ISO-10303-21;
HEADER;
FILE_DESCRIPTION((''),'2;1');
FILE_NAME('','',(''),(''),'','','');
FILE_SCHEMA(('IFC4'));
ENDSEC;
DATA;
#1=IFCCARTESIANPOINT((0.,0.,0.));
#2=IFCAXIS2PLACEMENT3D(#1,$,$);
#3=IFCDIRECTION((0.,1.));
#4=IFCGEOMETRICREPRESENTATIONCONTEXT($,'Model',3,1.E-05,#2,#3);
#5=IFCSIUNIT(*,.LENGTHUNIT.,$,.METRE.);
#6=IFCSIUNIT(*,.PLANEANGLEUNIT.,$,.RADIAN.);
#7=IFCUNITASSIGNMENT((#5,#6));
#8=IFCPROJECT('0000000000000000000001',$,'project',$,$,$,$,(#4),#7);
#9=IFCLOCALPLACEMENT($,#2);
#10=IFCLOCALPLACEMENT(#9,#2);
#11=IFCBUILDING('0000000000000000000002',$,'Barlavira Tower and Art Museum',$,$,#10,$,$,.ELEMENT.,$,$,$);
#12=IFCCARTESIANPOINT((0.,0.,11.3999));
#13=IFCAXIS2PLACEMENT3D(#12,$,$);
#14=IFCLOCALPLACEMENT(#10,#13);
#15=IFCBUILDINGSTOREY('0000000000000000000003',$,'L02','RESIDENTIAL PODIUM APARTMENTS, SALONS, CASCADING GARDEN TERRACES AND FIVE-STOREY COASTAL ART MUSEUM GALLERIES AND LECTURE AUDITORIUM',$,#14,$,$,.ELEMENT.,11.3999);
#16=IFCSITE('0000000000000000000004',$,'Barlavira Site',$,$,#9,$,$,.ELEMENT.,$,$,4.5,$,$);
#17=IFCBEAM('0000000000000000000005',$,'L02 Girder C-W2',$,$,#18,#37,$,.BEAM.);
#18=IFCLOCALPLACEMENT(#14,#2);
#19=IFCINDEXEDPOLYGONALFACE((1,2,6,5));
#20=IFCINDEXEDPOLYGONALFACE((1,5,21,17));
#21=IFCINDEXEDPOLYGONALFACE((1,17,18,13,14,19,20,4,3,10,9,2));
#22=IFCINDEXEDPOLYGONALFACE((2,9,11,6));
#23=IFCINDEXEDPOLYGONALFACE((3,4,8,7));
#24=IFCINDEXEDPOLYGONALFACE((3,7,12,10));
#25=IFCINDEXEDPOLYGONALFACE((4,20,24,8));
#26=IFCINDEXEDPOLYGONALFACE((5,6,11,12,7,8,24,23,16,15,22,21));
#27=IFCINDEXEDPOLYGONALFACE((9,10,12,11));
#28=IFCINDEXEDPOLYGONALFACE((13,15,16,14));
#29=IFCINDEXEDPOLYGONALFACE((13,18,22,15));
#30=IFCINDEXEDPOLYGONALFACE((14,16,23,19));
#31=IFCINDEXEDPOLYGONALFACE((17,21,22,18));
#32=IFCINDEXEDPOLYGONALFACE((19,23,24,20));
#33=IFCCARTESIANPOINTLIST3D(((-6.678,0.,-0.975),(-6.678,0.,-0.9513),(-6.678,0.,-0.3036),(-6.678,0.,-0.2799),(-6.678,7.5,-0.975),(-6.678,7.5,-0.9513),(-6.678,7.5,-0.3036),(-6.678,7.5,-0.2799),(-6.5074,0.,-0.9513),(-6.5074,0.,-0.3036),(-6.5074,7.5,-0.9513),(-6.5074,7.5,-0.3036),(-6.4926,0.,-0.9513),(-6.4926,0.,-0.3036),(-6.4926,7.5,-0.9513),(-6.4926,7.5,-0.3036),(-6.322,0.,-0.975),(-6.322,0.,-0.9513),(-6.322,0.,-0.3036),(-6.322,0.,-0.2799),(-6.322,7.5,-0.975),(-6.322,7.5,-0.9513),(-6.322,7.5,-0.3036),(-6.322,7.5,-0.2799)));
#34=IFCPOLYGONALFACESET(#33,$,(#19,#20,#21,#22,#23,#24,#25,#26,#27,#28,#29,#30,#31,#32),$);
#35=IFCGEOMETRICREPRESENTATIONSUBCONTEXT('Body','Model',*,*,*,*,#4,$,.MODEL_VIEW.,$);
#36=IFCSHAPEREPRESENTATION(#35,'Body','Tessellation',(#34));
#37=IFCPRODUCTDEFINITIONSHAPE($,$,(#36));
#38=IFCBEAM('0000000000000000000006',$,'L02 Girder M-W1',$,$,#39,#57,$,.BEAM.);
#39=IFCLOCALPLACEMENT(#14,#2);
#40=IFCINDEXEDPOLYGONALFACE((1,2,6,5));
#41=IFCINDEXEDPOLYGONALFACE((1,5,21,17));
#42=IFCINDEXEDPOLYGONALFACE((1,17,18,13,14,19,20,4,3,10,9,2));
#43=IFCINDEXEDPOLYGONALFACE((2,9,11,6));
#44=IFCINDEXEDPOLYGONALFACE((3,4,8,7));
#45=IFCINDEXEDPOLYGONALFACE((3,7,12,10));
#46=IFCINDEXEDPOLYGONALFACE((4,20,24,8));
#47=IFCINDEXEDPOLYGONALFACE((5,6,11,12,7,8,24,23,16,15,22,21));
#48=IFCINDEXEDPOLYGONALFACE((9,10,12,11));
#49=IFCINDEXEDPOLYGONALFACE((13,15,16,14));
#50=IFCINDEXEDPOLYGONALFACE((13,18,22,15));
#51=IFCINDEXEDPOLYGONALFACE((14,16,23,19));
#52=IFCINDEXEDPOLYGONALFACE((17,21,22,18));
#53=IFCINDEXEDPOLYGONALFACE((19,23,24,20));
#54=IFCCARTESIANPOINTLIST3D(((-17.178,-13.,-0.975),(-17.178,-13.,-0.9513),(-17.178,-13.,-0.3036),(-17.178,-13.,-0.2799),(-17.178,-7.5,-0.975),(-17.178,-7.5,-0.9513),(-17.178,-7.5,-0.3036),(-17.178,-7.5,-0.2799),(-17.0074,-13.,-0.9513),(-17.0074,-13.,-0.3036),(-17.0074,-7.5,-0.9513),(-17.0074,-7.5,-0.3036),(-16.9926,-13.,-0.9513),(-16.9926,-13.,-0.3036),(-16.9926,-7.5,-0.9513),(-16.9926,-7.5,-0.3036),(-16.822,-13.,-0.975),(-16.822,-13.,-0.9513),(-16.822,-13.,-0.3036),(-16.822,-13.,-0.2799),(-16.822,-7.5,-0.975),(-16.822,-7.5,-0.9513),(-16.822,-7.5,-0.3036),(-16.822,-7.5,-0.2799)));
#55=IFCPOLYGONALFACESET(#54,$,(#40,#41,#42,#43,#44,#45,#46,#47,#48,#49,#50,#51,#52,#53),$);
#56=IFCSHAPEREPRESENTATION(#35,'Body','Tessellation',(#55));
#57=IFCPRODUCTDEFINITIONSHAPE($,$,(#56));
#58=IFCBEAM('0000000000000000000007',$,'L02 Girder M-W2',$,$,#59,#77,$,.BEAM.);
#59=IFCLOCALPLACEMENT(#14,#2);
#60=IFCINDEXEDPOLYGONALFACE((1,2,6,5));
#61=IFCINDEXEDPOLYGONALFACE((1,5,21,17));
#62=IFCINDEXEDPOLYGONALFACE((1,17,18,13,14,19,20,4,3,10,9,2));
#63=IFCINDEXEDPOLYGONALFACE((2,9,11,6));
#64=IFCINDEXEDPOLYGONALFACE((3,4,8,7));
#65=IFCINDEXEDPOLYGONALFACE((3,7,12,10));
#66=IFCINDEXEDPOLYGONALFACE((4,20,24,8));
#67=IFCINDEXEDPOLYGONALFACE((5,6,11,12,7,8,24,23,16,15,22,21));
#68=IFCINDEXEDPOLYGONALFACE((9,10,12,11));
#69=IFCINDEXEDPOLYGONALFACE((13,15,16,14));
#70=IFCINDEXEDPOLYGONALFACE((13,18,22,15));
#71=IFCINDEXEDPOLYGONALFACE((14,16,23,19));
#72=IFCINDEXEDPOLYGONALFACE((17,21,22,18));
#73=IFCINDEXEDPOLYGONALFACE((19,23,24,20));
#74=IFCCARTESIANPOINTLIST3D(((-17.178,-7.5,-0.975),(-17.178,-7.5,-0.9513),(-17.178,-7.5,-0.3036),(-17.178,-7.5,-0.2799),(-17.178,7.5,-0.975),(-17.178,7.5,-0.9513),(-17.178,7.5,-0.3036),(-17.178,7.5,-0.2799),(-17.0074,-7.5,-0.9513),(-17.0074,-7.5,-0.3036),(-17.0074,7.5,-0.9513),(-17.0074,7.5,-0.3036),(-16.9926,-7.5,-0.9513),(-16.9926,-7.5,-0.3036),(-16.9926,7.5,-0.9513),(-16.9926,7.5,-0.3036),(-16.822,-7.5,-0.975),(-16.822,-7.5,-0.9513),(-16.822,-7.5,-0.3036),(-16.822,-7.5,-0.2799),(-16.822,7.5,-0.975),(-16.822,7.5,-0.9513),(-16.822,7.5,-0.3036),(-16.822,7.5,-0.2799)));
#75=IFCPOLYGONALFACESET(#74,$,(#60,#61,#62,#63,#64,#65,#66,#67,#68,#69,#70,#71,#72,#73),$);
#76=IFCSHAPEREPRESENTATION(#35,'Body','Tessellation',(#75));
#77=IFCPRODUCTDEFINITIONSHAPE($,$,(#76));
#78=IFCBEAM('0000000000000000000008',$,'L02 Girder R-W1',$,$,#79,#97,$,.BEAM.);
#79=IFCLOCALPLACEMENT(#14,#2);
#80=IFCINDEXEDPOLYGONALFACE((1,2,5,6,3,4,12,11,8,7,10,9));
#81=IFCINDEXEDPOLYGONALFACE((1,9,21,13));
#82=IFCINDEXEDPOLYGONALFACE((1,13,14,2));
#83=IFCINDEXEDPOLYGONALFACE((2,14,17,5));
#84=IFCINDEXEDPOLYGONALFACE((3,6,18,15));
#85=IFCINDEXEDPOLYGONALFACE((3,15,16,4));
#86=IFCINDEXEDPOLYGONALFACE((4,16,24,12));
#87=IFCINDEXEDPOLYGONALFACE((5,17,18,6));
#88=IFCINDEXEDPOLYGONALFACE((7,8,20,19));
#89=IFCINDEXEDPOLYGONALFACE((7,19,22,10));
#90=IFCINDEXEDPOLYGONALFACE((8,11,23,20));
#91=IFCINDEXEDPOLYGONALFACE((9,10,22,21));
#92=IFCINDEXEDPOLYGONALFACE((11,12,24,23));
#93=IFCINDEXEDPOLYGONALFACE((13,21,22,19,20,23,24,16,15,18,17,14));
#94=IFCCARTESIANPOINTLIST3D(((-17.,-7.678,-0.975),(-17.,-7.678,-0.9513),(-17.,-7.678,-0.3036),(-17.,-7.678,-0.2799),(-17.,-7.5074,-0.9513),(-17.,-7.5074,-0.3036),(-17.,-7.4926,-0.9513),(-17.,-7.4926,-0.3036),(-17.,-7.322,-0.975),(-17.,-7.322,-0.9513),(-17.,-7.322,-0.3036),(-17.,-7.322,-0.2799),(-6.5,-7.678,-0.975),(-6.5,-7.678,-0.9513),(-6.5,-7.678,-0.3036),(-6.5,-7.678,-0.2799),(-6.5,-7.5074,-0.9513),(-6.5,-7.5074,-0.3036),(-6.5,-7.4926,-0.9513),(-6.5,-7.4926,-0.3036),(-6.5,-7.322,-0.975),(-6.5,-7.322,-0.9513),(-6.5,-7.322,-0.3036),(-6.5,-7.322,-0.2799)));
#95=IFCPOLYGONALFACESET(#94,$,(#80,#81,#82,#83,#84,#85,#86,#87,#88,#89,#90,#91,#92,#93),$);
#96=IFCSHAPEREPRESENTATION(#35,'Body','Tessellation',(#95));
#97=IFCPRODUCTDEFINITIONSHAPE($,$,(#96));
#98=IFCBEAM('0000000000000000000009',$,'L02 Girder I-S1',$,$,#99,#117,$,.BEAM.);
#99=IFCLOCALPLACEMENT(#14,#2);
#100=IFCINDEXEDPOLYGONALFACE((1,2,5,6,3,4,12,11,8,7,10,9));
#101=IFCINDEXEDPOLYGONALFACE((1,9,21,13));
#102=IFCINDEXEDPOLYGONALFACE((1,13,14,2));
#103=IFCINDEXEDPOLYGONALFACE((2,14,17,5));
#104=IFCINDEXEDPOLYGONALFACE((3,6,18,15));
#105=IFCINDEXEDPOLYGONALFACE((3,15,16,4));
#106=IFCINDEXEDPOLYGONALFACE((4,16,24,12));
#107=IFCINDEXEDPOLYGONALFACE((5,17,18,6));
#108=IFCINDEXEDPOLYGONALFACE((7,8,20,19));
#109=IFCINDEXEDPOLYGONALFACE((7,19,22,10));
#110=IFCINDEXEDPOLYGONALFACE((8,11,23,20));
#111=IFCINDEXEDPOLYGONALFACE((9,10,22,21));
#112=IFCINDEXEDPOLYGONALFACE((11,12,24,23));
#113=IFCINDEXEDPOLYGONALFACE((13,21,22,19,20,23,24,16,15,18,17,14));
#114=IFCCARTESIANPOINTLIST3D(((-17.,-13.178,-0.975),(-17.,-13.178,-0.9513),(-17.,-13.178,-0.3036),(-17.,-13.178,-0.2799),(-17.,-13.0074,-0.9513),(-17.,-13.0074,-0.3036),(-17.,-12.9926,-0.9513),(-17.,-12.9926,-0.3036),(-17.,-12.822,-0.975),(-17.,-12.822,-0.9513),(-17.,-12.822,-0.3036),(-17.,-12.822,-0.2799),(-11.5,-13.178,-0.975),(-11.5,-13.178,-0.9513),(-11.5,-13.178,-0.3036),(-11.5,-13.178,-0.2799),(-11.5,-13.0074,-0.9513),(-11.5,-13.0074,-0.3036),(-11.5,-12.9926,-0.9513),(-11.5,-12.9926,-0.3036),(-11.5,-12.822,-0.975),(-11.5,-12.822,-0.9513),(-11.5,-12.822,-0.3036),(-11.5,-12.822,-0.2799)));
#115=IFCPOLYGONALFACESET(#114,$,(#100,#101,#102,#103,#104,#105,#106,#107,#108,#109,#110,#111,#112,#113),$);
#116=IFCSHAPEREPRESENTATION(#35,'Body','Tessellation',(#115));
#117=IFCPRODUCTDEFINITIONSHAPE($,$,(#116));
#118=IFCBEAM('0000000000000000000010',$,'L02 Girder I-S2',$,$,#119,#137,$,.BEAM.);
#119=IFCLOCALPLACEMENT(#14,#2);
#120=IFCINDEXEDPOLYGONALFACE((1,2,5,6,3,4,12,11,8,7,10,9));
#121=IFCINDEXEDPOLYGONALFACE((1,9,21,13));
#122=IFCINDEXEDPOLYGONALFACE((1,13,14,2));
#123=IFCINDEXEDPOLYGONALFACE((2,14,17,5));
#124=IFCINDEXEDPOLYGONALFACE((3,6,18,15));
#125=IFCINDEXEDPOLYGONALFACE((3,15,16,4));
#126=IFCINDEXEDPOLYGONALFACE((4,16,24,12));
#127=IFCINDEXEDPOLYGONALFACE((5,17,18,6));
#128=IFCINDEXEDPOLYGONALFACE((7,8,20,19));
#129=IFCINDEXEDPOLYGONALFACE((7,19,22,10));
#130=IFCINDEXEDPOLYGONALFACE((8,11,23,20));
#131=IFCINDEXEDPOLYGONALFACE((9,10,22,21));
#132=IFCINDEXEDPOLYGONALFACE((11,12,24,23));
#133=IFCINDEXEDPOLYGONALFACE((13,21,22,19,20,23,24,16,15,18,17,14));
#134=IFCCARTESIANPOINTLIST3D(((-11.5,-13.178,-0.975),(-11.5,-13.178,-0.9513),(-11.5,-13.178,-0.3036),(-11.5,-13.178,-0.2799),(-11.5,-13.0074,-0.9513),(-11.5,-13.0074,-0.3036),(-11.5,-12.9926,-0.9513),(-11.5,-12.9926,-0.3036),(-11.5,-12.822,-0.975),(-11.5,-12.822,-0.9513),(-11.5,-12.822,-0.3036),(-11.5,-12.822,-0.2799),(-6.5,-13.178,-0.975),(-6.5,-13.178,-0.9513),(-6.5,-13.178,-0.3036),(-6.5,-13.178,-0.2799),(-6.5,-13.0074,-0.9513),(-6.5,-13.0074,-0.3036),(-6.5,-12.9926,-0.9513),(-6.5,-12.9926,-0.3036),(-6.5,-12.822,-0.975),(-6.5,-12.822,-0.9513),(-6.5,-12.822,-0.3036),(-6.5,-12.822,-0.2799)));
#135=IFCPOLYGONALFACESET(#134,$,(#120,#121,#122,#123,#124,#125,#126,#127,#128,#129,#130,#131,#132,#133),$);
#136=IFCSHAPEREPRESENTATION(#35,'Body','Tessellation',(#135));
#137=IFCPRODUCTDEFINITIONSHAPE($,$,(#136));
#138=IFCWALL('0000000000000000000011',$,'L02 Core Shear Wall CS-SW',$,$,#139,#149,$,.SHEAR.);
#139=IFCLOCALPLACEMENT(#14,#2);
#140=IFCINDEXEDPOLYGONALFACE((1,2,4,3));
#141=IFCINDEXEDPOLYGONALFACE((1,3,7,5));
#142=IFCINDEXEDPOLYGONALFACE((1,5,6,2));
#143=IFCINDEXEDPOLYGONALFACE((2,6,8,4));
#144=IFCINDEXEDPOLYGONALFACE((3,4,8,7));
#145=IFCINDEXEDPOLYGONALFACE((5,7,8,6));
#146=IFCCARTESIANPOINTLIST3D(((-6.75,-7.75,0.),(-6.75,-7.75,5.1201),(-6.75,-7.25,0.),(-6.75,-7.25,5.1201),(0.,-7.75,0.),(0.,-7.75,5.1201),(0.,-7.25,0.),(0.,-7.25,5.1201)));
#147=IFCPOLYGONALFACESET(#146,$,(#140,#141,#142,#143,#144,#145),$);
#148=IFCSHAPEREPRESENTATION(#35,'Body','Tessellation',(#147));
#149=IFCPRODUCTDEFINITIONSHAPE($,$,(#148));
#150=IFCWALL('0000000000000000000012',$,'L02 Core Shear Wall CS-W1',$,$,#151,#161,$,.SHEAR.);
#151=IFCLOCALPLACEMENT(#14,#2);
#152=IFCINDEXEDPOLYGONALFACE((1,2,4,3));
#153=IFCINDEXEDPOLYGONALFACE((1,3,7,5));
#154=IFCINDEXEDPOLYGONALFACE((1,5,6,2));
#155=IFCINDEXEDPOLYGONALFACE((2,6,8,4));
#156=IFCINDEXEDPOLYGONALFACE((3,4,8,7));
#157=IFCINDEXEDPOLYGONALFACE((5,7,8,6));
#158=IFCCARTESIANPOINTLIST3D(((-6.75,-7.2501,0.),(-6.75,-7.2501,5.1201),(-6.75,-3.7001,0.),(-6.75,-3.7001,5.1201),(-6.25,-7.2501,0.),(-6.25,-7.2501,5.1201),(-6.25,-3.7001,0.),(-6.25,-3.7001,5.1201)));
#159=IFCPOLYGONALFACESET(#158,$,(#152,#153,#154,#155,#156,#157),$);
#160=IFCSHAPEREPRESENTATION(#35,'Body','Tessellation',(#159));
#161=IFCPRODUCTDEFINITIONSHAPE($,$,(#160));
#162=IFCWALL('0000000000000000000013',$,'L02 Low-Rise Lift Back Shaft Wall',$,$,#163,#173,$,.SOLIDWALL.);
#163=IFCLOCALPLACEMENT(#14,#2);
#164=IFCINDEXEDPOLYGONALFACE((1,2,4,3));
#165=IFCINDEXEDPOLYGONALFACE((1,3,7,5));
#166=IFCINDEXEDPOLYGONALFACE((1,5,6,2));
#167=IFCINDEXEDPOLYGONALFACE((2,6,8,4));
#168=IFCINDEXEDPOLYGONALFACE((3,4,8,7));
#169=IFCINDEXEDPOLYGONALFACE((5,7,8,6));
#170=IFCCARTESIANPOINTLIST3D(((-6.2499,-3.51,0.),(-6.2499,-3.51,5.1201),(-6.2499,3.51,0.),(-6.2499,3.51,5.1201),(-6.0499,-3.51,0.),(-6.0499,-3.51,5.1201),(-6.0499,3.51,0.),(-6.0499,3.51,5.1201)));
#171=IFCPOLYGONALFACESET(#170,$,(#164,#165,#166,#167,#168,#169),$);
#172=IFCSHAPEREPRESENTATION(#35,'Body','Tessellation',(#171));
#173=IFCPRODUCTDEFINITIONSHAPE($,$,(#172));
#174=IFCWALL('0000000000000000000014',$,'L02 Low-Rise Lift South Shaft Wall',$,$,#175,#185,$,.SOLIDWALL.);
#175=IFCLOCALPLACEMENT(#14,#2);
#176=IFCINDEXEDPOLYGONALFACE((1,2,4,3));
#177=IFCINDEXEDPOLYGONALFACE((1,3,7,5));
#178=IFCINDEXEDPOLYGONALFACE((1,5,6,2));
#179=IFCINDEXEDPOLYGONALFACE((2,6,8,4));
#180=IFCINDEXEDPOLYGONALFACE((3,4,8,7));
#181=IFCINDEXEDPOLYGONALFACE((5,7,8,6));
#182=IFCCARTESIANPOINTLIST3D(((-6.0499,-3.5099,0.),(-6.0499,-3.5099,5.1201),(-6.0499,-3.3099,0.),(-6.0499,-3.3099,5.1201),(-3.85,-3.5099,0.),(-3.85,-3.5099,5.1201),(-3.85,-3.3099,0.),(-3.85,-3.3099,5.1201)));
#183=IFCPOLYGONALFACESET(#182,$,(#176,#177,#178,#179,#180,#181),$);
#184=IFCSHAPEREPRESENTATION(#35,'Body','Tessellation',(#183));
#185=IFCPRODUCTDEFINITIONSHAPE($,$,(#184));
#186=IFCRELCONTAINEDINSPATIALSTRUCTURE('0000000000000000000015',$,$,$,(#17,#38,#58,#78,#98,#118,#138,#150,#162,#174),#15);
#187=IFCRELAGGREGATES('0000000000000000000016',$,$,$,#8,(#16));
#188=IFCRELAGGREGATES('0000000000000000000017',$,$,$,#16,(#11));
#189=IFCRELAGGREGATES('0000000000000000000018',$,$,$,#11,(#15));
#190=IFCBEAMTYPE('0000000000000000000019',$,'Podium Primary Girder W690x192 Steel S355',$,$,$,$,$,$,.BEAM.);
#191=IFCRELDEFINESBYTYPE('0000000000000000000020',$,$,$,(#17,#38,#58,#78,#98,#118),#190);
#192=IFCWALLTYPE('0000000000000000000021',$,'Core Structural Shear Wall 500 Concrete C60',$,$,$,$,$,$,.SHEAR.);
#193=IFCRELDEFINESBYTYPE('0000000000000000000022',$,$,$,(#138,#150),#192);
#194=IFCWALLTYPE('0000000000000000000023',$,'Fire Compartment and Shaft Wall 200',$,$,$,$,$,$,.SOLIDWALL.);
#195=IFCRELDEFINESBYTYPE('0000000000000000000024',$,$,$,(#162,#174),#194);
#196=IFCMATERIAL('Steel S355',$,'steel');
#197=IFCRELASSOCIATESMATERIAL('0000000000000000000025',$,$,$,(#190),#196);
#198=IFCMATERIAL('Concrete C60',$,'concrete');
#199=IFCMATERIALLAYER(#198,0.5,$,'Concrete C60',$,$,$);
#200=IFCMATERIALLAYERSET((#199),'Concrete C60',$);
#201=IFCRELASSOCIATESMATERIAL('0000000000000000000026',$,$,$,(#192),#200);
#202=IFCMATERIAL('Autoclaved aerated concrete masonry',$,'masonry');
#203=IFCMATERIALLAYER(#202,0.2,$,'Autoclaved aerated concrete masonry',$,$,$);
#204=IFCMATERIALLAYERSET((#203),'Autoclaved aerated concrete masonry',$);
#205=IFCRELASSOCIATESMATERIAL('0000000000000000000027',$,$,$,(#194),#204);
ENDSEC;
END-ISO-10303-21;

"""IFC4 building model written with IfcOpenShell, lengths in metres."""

from ifc_helpers import new_model, si_unit, direction, frame, frame_2d, origin, origin_2d, place, context, subcontext, project, spatial, rectangle, i_section, extrude, material, layer, layer_set, material_profile, profile_set, type_object, element, save


model = new_model("IFC4")

# Units and contexts
model_context = context("Model", 3, precision=1e-05, world=origin(), true_north=direction((0.0, 1.0)))
body_context = subcontext(model_context, "Body", "Model", "MODEL_VIEW")
ifc_project = project(units=[si_unit("LENGTHUNIT", "METRE"), si_unit("PLANEANGLEUNIT", "RADIAN")], contexts=[model_context])

# Site, building, storey
site_placement = place(None, origin())
site = spatial("IfcSite", under=ifc_project, at=site_placement, Name="Barlavira Site", CompositionType="ELEMENT", RefElevation=4.5)
building_placement = place(site_placement, origin())
building = spatial("IfcBuilding", under=site, at=building_placement, Name="Barlavira Tower and Art Museum", CompositionType="ELEMENT")
storey_placement = place(building_placement, frame((0.0, 0.0, 11.3999)))
storey = spatial("IfcBuildingStorey", under=building, at=storey_placement, Name="L02", Description="RESIDENTIAL PODIUM APARTMENTS, SALONS, CASCADING GARDEN TERRACES AND FIVE-STOREY COASTAL ART MUSEUM GALLERIES AND LECTURE AUDITORIUM", CompositionType="ELEMENT", Elevation=11.3999)

# Shared definitions
ifc_material_1 = material(Name="Steel S355", Category="steel")
ifc_material_2 = material(Name="Concrete C60", Category="concrete")

# Beams
ifc_material_profile_1 = material_profile(ifc_material_1, i_section(OverallWidth=0.356, OverallDepth=0.6951, WebThickness=0.0149, FlangeThickness=0.0237, at=origin_2d()), Name="W690x192.0")
ifc_profile_set_1 = profile_set([ifc_material_profile_1], Name="Steel S355")
beam_type_1 = type_object("IfcBeamType", Name="Podium Primary Girder W690x192 Steel S355", PredefinedType="BEAM", material=ifc_profile_set_1)
for number, where, z_axis, x_axis, name in (
    (1, (-6.5, 0.0, -0.6274), (0.0, 1.0, 0.0), (-1.0, 0.0, 0.0), "L02 Girder C-W2"),
):
    element("IfcBeam", number, at=place(storey_placement, frame(where, z_axis=z_axis, x_axis=x_axis)), inside=storey, type_object=beam_type_1, Name=name, PredefinedType="BEAM", context=body_context, shape_type="SweptSolid", body=[
        extrude(i_section(OverallWidth=0.356, OverallDepth=0.6951, WebThickness=0.0149, FlangeThickness=0.0237, at=origin_2d()), origin(), (0.0, 0.0, 1.0), 7.5),
    ])
beam_1_placement = place(storey_placement, frame((-17.0, -13.0, -0.6274), z_axis=(0.0, 1.0, 0.0), x_axis=(-1.0, 0.0, 0.0)))
element("IfcBeam", 2, at=beam_1_placement, inside=storey, type_object=beam_type_1, Name="L02 Girder M-W1", PredefinedType="BEAM", context=body_context, shape_type="SweptSolid", body=[
    extrude(i_section(OverallWidth=0.356, OverallDepth=0.6951, WebThickness=0.0149, FlangeThickness=0.0237, at=origin_2d()), origin(), (0.0, 0.0, 1.0), 5.5),
])
beam_2_placement = place(storey_placement, frame((-17.0, -7.5, -0.6274), z_axis=(0.0, 1.0, 0.0), x_axis=(-1.0, 0.0, 0.0)))
element("IfcBeam", 3, at=beam_2_placement, inside=storey, type_object=beam_type_1, Name="L02 Girder M-W2", PredefinedType="BEAM", context=body_context, shape_type="SweptSolid", body=[
    extrude(i_section(OverallWidth=0.356, OverallDepth=0.6951, WebThickness=0.0149, FlangeThickness=0.0237, at=origin_2d()), origin(), (0.0, 0.0, 1.0), 15.0),
])
beam_3_placement = place(storey_placement, frame((-17.0, -7.5, -0.6274), z_axis=(1.0, 0.0, 0.0), x_axis=(0.0, 1.0, 0.0)))
element("IfcBeam", 4, at=beam_3_placement, inside=storey, type_object=beam_type_1, Name="L02 Girder R-W1", PredefinedType="BEAM", context=body_context, shape_type="SweptSolid", body=[
    extrude(i_section(OverallWidth=0.356, OverallDepth=0.6951, WebThickness=0.0149, FlangeThickness=0.0237, at=origin_2d()), origin(), (0.0, 0.0, 1.0), 10.5),
])
beam_4_placement = place(storey_placement, frame((-17.0, -13.0, -0.6274), z_axis=(1.0, 0.0, 0.0), x_axis=(0.0, 1.0, 0.0)))
element("IfcBeam", 5, at=beam_4_placement, inside=storey, type_object=beam_type_1, Name="L02 Girder I-S1", PredefinedType="BEAM", context=body_context, shape_type="SweptSolid", body=[
    extrude(i_section(OverallWidth=0.356, OverallDepth=0.6951, WebThickness=0.0149, FlangeThickness=0.0237, at=origin_2d()), origin(), (0.0, 0.0, 1.0), 5.5),
])
beam_5_placement = place(storey_placement, frame((-11.5, -13.0, -0.6274), z_axis=(1.0, 0.0, 0.0), x_axis=(0.0, 1.0, 0.0)))
element("IfcBeam", 6, at=beam_5_placement, inside=storey, type_object=beam_type_1, Name="L02 Girder I-S2", PredefinedType="BEAM", context=body_context, shape_type="SweptSolid", body=[
    extrude(i_section(OverallWidth=0.356, OverallDepth=0.6951, WebThickness=0.0149, FlangeThickness=0.0237, at=origin_2d()), origin(), (0.0, 0.0, 1.0), 5.0),
])

# Walls
ifc_layer_1 = layer(ifc_material_2, 0.5, Name="Concrete C60")
ifc_layer_set_1 = layer_set([ifc_layer_1], Name="Concrete C60")
wall_type_1 = type_object("IfcWallType", Name="Core Structural Shear Wall 500 Concrete C60", PredefinedType="SHEAR", material=ifc_layer_set_1)
wall_1_placement = place(storey_placement, frame((-6.75, -7.5, 0.0), z_axis=(0.0, 0.0, 1.0), x_axis=(1.0, 0.0, 0.0)))
element("IfcWall", 7, at=wall_1_placement, inside=storey, type_object=wall_type_1, Name="L02 Core Shear Wall CS-SW", PredefinedType="SHEAR", context=body_context, shape_type="SweptSolid", body=[
    extrude(rectangle(XDim=6.75, YDim=0.5, at=frame_2d((3.375, 0.0))), origin(), (0.0, 0.0, 1.0), 5.1201),
])
wall_2_placement = place(storey_placement, frame((-6.5, -7.25, 0.0), z_axis=(0.0, 0.0, 1.0), x_axis=(0.0, 1.0, 0.0)))
element("IfcWall", 8, at=wall_2_placement, inside=storey, type_object=wall_type_1, Name="L02 Core Shear Wall CS-W1", PredefinedType="SHEAR", context=body_context, shape_type="SweptSolid", body=[
    extrude(rectangle(XDim=3.55, YDim=0.5, at=frame_2d((1.7749, 0.0))), origin(), (0.0, 0.0, 1.0), 5.1201),
])

# Shared definitions
ifc_material_3 = material(Name="Autoclaved aerated concrete masonry", Category="masonry")
ifc_layer_2 = layer(ifc_material_3, 0.2, Name="Autoclaved aerated concrete masonry")
ifc_layer_set_2 = layer_set([ifc_layer_2], Name="Autoclaved aerated concrete masonry")
wall_type_2 = type_object("IfcWallType", Name="Fire Compartment and Shaft Wall 200", PredefinedType="SOLIDWALL", material=ifc_layer_set_2)

# Walls
wall_3_placement = place(storey_placement, frame((-6.1499, -3.51, 0.0), z_axis=(0.0, 0.0, 1.0), x_axis=(0.0, 1.0, 0.0)))
element("IfcWall", 9, at=wall_3_placement, inside=storey, type_object=wall_type_2, Name="L02 Low-Rise Lift Back Shaft Wall", PredefinedType="SOLIDWALL", context=body_context, shape_type="SweptSolid", body=[
    extrude(rectangle(XDim=7.02, YDim=0.2, at=frame_2d((3.51, 0.0))), origin(), (0.0, 0.0, 1.0), 5.1201),
])
wall_4_placement = place(storey_placement, frame((-6.05, -3.4099, 0.0), z_axis=(0.0, 0.0, 1.0), x_axis=(1.0, 0.0, 0.0)))
element("IfcWall", 10, at=wall_4_placement, inside=storey, type_object=wall_type_2, Name="L02 Low-Rise Lift South Shaft Wall", PredefinedType="SOLIDWALL", context=body_context, shape_type="SweptSolid", body=[
    extrude(rectangle(XDim=2.2, YDim=0.2, at=frame_2d((1.1001, 0.0))), origin(), (0.0, 0.0, 1.0), 5.1201),
])

save(model, "model.ifc")
